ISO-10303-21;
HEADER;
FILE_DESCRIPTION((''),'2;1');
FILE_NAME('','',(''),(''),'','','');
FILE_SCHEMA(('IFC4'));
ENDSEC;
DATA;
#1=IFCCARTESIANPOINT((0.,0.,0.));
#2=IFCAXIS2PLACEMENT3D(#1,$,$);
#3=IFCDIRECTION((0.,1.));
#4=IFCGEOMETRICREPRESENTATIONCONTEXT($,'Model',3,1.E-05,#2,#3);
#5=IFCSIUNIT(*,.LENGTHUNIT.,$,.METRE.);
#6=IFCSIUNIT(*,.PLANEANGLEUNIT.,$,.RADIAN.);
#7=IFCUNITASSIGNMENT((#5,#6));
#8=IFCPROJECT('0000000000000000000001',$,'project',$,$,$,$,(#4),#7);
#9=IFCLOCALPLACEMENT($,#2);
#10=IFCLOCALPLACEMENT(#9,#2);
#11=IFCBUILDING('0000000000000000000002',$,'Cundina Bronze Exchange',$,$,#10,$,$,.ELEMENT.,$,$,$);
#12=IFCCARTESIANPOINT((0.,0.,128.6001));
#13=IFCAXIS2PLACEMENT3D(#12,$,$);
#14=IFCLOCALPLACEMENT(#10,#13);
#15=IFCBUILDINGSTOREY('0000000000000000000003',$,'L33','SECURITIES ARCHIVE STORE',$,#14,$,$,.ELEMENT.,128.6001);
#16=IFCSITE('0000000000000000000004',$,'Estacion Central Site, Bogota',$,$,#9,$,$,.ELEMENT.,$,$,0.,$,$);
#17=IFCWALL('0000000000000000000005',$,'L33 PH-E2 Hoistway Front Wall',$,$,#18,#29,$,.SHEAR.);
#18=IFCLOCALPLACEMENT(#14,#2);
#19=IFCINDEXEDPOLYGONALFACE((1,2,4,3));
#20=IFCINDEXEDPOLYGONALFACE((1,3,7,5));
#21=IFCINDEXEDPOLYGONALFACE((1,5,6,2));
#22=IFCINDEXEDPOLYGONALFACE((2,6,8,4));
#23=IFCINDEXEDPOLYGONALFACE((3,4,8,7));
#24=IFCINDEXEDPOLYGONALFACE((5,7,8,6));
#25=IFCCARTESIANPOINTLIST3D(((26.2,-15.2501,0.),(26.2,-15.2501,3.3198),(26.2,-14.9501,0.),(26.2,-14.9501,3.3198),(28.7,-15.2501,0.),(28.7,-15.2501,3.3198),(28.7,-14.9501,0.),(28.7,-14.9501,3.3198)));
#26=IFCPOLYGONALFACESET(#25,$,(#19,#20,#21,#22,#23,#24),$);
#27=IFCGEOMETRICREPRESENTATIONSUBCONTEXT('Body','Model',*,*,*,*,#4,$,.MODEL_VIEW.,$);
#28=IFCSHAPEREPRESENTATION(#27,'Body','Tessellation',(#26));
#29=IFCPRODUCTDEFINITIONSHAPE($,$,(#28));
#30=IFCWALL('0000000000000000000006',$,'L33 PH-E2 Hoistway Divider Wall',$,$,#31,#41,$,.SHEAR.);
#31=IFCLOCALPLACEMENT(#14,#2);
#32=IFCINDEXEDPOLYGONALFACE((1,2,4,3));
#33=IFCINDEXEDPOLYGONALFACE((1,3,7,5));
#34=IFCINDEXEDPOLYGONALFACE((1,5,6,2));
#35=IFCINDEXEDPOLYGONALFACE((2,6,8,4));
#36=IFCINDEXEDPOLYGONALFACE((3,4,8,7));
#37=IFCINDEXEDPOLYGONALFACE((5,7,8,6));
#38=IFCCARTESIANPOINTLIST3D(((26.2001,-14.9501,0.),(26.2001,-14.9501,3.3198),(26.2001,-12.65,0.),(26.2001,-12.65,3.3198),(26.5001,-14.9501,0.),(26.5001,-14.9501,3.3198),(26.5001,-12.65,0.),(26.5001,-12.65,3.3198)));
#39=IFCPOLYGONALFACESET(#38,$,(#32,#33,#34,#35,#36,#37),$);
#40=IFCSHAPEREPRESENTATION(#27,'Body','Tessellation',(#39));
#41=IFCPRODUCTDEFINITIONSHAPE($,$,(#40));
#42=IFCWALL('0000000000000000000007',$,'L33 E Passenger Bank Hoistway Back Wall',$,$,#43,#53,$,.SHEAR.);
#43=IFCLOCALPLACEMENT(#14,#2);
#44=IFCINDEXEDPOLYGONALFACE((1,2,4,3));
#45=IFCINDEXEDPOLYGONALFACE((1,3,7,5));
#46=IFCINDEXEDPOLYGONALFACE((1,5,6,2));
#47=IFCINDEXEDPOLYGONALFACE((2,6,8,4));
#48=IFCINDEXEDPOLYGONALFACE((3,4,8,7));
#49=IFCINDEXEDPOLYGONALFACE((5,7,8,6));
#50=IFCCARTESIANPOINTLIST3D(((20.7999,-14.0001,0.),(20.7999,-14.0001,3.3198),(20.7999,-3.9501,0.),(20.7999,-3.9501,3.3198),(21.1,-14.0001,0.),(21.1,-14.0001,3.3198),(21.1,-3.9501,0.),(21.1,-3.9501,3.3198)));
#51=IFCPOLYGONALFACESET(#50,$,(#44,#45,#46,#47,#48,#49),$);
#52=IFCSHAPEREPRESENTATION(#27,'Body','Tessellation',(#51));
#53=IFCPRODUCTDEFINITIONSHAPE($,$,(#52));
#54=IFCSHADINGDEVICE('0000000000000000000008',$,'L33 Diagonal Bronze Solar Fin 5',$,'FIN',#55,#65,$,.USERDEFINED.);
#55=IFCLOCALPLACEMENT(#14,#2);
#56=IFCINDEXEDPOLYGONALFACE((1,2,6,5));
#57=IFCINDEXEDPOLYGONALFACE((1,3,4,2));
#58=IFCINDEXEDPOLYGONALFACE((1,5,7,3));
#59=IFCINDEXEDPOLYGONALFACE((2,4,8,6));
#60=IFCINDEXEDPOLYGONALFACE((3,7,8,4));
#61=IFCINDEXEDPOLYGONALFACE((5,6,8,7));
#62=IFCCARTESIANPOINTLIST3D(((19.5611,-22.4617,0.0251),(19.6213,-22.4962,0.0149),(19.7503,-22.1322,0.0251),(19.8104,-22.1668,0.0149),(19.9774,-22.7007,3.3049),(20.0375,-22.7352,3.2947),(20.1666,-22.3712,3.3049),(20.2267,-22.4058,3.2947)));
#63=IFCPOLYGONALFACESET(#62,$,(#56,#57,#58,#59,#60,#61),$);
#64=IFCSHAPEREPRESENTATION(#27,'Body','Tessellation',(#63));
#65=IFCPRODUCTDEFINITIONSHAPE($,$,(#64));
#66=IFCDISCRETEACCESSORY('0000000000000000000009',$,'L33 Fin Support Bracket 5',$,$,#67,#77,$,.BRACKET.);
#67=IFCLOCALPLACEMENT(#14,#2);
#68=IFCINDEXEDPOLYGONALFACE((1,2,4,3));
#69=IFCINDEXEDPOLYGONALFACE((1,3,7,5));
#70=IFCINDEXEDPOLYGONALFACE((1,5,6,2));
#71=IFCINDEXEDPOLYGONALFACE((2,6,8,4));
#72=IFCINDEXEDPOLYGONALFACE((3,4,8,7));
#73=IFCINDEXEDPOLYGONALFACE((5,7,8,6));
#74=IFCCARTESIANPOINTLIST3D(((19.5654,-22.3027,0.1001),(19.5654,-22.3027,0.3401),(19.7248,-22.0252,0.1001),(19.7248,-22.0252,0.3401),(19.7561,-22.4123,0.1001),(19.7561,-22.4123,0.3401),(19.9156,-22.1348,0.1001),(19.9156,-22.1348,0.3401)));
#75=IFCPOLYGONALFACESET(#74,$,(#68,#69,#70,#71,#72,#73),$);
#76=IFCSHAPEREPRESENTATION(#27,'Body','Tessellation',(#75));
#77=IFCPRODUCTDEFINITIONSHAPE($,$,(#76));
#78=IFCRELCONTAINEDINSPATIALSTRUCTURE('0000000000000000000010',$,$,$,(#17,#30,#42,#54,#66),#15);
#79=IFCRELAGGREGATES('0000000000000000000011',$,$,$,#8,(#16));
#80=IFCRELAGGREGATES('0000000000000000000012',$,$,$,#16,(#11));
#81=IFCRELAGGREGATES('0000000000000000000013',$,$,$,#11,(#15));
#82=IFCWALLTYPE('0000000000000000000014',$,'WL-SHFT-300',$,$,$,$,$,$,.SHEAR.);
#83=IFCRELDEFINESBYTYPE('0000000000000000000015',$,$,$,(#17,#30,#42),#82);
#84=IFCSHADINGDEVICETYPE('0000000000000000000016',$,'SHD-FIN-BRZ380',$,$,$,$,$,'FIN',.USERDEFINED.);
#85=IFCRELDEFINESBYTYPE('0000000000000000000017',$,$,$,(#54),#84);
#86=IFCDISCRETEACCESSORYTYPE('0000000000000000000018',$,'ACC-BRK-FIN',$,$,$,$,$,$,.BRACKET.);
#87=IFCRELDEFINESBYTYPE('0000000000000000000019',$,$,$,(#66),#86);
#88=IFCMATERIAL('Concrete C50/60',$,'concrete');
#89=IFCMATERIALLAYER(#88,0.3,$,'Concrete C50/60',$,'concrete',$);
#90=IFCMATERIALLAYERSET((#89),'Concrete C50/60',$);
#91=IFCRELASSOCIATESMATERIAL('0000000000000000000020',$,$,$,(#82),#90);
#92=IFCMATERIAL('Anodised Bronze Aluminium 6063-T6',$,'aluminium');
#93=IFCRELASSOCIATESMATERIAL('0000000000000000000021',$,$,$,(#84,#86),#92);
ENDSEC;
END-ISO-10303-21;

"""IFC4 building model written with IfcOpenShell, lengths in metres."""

from ifc_helpers import new_model, si_unit, direction, frame, frame_2d, origin, origin_2d, place, context, subcontext, project, spatial, rectangle, extrude, material, layer, layer_set, material_profile, profile_set, type_object, element, save


model = new_model("IFC4")

# Units and contexts
model_context = context("Model", 3, precision=1e-05, world=origin(), true_north=direction((0.0, 1.0)))
body_context = subcontext(model_context, "Body", "Model", "MODEL_VIEW")
ifc_project = project(units=[si_unit("LENGTHUNIT", "METRE"), si_unit("PLANEANGLEUNIT", "RADIAN")], contexts=[model_context])

# Site, building, storey
site_placement = place(None, origin())
site = spatial("IfcSite", under=ifc_project, at=site_placement, Name="Estacion Central Site, Bogota", CompositionType="ELEMENT", RefElevation=0.0)
building_placement = place(site_placement, origin())
building = spatial("IfcBuilding", under=site, at=building_placement, Name="Cundina Bronze Exchange", CompositionType="ELEMENT")
storey_placement = place(building_placement, frame((0.0, 0.0, 128.6001)))
storey = spatial("IfcBuildingStorey", under=building, at=storey_placement, Name="L33", Description="SECURITIES ARCHIVE STORE", CompositionType="ELEMENT", Elevation=128.6001)

# Shared definitions
ifc_material_1 = material(Name="Anodised Bronze Aluminium 6063-T6", Category="aluminium")

# Walls
ifc_material_2 = material(Name="Concrete C50/60", Category="concrete")
ifc_layer_1 = layer(ifc_material_2, 0.3, Name="Concrete C50/60", Category="concrete")
ifc_layer_set_1 = layer_set([ifc_layer_1], Name="Concrete C50/60")
wall_type_1 = type_object("IfcWallType", Name="WL-SHFT-300", PredefinedType="SHEAR", material=ifc_layer_set_1)
wall_1_placement = place(storey_placement, frame((26.2, -15.1001, 0.0), z_axis=(0.0, 0.0, 1.0), x_axis=(1.0, 0.0, 0.0)))
element("IfcWall", 1, at=wall_1_placement, inside=storey, type_object=wall_type_1, Name="L33 PH-E2 Hoistway Front Wall", PredefinedType="SHEAR", context=body_context, shape_type="SweptSolid", body=[
    extrude(rectangle(XDim=2.5, YDim=0.3, at=frame_2d((1.25, 0.0))), origin(), (0.0, 0.0, 1.0), 3.3198),
])
wall_2_placement = place(storey_placement, frame((26.3501, -14.95, 0.0), z_axis=(0.0, 0.0, 1.0), x_axis=(0.0, 1.0, 0.0)))
element("IfcWall", 2, at=wall_2_placement, inside=storey, type_object=wall_type_1, Name="L33 PH-E2 Hoistway Divider Wall", PredefinedType="SHEAR", context=body_context, shape_type="SweptSolid", body=[
    extrude(rectangle(XDim=2.3, YDim=0.3, at=frame_2d((1.1499, 0.0))), origin(), (0.0, 0.0, 1.0), 3.3198),
])
wall_3_placement = place(storey_placement, frame((20.95, -14.0, 0.0), z_axis=(0.0, 0.0, 1.0), x_axis=(0.0, 1.0, 0.0)))
element("IfcWall", 3, at=wall_3_placement, inside=storey, type_object=wall_type_1, Name="L33 E Passenger Bank Hoistway Back Wall", PredefinedType="SHEAR", context=body_context, shape_type="SweptSolid", body=[
    extrude(rectangle(XDim=10.05, YDim=0.3, at=frame_2d((5.0249, 0.0))), origin(), (0.0, 0.0, 1.0), 3.3198),
])

# Shading device
ifc_material_profile_1 = material_profile(ifc_material_1, rectangle(XDim=0.0701, YDim=0.3799, at=origin_2d()), Name="FIN70X380", Category="aluminium")
ifc_profile_set_1 = profile_set([ifc_material_profile_1], Name="Anodised Bronze Aluminium 6063-T6")
shading_device_type = type_object("IfcShadingDeviceType", Name="SHD-FIN-BRZ380", ElementType="FIN", PredefinedType="USERDEFINED", material=ifc_profile_set_1)
shading_device_placement = place(storey_placement, frame((19.6858, -22.3142, 0.02), z_axis=(0.125579, -0.072107, 0.98946), x_axis=(-0.858068, 0.492697, 0.144808)))
element("IfcShadingDevice", 4, at=shading_device_placement, inside=storey, type_object=shading_device_type, Name="L33 Diagonal Bronze Solar Fin 5", ObjectType="FIN", PredefinedType="USERDEFINED", context=body_context, shape_type="SweptSolid", body=[
    extrude(rectangle(XDim=0.0701, YDim=0.3799, at=origin_2d()), origin(), (0.0, 0.0, 1.0), 3.3147),
])

# Discrete accessory
discrete_accessory_type = type_object("IfcDiscreteAccessoryType", Name="ACC-BRK-FIN", PredefinedType="BRACKET", material=ifc_material_1)
discrete_accessory_placement = place(storey_placement, frame((19.7405, -22.2188, 0.1001), z_axis=(0.0, 0.0, 1.0), x_axis=(0.867105, -0.498125, 0.0)))
element("IfcDiscreteAccessory", 5, at=discrete_accessory_placement, inside=storey, type_object=discrete_accessory_type, Name="L33 Fin Support Bracket 5", PredefinedType="BRACKET", context=body_context, shape_type="SweptSolid", body=[
    extrude(rectangle(XDim=0.22, YDim=0.3201, at=origin_2d()), origin(), (0.0, 0.0, 1.0), 0.24),
])

save(model, "model.ifc")
